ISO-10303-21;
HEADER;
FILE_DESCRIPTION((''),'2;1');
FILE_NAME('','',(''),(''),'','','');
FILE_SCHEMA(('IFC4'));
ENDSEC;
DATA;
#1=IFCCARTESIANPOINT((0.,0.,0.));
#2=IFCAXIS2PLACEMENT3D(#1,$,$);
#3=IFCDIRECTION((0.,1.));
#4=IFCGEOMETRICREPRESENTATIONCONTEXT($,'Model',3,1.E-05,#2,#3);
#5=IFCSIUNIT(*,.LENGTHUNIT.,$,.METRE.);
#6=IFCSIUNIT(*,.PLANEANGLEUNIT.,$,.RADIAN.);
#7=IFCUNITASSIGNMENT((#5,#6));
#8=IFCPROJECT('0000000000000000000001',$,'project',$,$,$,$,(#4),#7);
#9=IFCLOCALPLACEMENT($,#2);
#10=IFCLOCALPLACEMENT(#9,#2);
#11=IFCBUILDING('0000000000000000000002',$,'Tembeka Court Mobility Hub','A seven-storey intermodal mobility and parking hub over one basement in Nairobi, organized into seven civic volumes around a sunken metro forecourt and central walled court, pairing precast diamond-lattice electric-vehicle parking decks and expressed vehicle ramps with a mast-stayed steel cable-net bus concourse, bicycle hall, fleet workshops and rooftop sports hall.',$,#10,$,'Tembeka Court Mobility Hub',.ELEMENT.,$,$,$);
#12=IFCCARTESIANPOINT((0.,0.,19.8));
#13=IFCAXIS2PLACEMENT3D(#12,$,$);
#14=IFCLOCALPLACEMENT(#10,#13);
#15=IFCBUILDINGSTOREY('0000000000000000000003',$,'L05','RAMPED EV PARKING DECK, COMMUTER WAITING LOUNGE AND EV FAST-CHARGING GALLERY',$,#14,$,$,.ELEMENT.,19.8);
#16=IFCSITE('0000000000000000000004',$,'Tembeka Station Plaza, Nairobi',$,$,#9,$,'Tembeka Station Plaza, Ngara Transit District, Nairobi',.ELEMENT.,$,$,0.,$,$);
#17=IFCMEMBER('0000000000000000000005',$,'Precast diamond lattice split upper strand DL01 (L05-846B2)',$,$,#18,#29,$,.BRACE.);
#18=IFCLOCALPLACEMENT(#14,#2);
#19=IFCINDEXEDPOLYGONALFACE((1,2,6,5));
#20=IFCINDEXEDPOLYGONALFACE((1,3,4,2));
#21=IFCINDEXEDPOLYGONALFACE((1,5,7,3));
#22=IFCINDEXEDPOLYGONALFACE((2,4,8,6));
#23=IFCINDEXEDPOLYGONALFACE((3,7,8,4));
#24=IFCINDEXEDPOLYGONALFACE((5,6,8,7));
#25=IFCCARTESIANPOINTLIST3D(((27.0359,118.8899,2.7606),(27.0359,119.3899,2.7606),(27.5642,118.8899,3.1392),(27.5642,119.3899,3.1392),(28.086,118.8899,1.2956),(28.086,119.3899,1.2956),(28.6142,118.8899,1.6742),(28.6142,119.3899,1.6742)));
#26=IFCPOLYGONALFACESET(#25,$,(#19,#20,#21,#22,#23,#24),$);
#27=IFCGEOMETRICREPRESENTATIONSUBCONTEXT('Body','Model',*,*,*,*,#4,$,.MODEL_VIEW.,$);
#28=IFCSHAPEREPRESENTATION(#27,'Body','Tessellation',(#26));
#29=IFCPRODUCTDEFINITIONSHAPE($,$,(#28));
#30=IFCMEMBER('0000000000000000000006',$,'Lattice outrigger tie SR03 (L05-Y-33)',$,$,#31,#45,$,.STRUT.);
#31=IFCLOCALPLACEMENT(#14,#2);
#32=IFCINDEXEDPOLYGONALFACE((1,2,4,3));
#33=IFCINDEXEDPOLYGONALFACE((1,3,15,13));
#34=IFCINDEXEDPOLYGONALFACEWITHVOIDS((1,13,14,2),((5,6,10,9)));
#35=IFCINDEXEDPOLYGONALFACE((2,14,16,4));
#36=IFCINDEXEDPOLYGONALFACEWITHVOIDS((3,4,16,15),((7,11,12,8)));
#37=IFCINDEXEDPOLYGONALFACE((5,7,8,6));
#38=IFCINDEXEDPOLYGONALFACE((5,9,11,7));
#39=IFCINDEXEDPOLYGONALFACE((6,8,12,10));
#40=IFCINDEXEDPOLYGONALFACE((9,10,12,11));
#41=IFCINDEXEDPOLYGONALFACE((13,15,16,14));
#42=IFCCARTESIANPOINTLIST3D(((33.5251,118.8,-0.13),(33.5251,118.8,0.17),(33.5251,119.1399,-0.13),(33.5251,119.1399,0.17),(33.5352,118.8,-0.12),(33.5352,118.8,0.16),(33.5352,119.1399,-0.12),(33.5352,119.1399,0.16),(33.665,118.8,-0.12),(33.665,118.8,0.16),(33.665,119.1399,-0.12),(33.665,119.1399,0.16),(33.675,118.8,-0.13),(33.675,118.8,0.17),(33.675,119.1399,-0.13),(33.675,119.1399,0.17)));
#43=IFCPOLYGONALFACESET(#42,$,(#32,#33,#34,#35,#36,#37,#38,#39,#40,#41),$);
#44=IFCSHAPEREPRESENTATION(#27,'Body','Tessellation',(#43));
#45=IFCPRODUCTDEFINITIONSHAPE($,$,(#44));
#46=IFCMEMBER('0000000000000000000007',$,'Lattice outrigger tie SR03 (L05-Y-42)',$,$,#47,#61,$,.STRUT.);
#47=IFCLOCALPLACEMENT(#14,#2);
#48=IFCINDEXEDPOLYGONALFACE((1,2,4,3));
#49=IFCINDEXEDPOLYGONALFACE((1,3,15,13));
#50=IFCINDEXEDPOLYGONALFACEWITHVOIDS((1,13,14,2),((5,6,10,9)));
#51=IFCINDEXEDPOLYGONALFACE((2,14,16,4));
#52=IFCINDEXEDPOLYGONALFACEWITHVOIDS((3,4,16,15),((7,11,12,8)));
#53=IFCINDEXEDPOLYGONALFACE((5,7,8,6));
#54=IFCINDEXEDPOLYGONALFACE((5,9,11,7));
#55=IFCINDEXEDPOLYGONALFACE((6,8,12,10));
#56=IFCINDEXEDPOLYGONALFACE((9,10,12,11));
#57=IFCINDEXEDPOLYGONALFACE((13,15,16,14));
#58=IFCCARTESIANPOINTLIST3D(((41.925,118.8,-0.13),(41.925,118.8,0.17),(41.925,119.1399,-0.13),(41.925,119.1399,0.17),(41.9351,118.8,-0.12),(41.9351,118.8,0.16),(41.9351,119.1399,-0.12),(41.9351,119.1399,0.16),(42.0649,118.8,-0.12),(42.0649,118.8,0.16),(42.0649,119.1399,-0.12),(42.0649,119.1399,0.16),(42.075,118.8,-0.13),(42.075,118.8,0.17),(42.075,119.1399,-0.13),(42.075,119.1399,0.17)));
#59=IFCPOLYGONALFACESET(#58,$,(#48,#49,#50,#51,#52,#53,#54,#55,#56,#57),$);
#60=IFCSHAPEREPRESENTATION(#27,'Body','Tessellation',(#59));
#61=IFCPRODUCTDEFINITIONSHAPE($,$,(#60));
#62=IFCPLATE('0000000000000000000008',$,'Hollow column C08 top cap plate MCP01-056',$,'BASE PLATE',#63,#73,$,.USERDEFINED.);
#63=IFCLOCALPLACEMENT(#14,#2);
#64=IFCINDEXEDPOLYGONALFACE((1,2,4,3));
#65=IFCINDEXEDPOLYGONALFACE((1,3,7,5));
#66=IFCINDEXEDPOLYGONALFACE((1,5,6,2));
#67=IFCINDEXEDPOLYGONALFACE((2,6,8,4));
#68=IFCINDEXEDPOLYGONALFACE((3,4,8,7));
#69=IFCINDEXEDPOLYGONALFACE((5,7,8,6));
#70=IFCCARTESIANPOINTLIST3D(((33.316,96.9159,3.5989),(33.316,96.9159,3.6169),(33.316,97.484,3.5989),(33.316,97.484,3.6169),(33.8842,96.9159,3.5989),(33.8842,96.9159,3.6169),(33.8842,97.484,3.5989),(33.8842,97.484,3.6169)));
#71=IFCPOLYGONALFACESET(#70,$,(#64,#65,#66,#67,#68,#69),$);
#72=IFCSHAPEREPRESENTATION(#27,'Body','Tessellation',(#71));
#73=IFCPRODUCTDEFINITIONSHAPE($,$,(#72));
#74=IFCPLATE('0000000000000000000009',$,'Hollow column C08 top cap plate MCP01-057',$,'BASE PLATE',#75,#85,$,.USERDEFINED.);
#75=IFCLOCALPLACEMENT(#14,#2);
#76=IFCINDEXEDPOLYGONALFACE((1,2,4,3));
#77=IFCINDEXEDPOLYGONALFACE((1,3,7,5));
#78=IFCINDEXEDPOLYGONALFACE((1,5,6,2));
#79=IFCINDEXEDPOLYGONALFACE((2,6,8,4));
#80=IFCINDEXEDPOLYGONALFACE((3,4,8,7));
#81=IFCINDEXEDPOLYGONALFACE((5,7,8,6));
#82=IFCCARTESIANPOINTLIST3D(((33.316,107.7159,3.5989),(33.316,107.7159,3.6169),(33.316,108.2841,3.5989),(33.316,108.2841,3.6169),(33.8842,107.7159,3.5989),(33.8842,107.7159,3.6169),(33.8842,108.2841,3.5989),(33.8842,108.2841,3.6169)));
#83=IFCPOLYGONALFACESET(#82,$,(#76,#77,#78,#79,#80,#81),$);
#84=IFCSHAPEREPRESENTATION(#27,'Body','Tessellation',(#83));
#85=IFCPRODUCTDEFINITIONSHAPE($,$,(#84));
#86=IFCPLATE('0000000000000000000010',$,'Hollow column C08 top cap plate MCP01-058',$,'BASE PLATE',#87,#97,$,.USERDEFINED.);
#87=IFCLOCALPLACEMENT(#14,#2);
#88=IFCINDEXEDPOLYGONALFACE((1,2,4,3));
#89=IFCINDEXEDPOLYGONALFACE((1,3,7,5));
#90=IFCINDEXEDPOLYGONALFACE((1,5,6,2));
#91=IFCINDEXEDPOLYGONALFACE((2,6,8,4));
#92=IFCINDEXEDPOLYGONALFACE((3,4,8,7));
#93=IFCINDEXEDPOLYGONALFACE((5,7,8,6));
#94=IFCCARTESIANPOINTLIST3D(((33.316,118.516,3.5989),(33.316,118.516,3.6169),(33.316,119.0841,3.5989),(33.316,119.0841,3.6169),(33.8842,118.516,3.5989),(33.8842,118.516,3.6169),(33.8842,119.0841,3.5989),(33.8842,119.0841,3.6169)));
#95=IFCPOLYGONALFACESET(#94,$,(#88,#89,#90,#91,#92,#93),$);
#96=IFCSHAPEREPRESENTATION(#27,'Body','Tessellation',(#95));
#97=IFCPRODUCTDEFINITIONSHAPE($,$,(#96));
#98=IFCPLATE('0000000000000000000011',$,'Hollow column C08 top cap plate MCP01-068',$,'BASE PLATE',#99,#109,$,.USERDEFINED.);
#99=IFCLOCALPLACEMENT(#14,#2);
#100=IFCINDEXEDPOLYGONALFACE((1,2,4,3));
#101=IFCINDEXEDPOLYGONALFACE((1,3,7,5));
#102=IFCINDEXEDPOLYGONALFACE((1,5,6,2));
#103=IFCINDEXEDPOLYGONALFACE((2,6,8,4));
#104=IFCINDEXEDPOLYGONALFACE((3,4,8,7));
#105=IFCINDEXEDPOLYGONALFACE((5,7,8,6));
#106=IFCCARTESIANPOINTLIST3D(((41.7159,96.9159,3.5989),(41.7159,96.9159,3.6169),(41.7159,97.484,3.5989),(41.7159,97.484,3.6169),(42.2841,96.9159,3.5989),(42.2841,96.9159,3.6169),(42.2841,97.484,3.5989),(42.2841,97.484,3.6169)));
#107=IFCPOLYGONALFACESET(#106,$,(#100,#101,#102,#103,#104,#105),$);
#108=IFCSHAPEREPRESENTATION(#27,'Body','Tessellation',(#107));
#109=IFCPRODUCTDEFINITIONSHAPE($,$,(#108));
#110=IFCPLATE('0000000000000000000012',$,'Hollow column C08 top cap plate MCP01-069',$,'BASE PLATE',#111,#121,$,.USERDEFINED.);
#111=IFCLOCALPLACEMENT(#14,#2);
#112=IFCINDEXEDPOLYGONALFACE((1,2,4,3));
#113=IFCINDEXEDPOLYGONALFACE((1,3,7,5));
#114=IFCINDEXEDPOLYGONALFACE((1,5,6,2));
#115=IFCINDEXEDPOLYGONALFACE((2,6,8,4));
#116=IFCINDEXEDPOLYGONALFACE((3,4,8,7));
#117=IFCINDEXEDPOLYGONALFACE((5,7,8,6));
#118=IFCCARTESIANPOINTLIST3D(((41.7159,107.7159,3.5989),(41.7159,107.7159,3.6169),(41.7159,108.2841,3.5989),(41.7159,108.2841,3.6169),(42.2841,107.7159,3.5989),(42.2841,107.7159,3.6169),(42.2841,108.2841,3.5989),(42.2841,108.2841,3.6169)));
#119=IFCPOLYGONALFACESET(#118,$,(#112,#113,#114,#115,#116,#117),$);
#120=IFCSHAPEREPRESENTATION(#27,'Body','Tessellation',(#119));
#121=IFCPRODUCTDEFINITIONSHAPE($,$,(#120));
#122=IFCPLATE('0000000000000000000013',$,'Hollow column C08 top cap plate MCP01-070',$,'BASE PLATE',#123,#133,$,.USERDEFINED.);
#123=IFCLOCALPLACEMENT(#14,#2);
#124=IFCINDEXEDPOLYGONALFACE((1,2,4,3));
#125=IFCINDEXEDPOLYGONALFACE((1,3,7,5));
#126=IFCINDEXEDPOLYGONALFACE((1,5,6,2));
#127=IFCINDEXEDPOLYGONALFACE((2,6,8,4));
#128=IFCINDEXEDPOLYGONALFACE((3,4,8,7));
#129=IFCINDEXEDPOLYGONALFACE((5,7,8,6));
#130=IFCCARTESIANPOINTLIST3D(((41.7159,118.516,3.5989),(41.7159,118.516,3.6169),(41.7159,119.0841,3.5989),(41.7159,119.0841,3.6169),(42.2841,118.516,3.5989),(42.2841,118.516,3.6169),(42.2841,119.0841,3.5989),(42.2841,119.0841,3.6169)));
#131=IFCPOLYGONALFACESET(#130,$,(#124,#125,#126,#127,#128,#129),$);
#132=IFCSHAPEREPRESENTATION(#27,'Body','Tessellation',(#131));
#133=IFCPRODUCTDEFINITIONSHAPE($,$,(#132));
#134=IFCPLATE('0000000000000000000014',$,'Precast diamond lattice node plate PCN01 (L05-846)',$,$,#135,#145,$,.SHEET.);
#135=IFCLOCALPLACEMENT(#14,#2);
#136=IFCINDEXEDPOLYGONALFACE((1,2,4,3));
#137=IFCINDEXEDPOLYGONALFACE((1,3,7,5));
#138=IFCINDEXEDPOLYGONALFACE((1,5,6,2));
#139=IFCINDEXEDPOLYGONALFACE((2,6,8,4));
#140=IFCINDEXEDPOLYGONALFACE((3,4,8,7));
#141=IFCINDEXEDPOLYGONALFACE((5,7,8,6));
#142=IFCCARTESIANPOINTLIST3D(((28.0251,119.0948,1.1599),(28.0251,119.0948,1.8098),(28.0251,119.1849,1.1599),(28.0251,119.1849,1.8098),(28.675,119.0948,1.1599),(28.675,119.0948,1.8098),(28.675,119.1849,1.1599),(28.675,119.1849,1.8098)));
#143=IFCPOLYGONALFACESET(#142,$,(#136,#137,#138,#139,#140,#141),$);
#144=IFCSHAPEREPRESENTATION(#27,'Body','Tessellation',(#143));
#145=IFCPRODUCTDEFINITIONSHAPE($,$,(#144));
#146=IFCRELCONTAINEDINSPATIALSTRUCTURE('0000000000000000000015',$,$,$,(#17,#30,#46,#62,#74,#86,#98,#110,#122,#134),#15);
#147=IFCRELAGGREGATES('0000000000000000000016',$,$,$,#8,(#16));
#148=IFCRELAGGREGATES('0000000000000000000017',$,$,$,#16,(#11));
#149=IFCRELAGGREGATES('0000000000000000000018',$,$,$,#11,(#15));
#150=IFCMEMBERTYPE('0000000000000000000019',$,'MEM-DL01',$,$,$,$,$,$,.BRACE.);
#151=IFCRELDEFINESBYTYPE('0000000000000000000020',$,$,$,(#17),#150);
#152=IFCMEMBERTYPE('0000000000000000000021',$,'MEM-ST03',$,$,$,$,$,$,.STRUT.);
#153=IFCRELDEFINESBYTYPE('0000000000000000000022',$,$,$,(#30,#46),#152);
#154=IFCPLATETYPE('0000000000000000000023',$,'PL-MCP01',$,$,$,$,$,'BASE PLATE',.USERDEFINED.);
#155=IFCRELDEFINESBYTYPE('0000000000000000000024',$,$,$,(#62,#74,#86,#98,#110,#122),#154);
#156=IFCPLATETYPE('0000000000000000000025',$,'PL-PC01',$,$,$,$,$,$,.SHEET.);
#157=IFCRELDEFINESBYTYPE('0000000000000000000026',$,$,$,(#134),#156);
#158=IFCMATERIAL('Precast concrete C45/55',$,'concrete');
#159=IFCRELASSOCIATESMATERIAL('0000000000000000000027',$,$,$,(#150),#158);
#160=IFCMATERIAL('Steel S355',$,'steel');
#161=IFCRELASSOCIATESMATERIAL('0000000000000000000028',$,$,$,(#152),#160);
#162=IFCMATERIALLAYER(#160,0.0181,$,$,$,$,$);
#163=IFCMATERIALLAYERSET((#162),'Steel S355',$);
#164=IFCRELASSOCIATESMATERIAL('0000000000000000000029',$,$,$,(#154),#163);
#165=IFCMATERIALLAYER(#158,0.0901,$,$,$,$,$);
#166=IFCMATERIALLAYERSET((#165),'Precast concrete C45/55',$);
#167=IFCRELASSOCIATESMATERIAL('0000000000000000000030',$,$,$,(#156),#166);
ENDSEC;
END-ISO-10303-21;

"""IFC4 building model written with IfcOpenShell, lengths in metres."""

from ifc_helpers import new_model, si_unit, direction, frame, origin, origin_2d, place, context, subcontext, project, spatial, rectangle, hollow_rectangle, extrude, material, layer, layer_set, material_profile, profile_set, type_object, element, save


model = new_model("IFC4")

# Units and contexts
model_context = context("Model", 3, precision=1e-05, world=origin(), true_north=direction((0.0, 1.0)))
body_context = subcontext(model_context, "Body", "Model", "MODEL_VIEW")
ifc_project = project(units=[si_unit("LENGTHUNIT", "METRE"), si_unit("PLANEANGLEUNIT", "RADIAN")], contexts=[model_context])

# Site, building, storey
site_placement = place(None, origin())
site = spatial("IfcSite", under=ifc_project, at=site_placement, Name="Tembeka Station Plaza, Nairobi", LongName="Tembeka Station Plaza, Ngara Transit District, Nairobi", CompositionType="ELEMENT", RefElevation=0.0)
building_placement = place(site_placement, origin())
building = spatial("IfcBuilding", under=site, at=building_placement, Name="Tembeka Court Mobility Hub", Description="A seven-storey intermodal mobility and parking hub over one basement in Nairobi, organized into seven civic volumes around a sunken metro forecourt and central walled court, pairing precast diamond-lattice electric-vehicle parking decks and expressed vehicle ramps with a mast-stayed steel cable-net bus concourse, bicycle hall, fleet workshops and rooftop sports hall.", LongName="Tembeka Court Mobility Hub", CompositionType="ELEMENT")
storey_placement = place(building_placement, frame((0.0, 0.0, 19.8)))
storey = spatial("IfcBuildingStorey", under=building, at=storey_placement, Name="L05", Description="RAMPED EV PARKING DECK, COMMUTER WAITING LOUNGE AND EV FAST-CHARGING GALLERY", CompositionType="ELEMENT", Elevation=19.8)

# Shared definitions
ifc_material_1 = material(Name="Steel S355", Category="steel")

# Shared definitions
ifc_material_2 = material(Name="Precast concrete C45/55", Category="concrete")

# Members
ifc_material_profile_1 = material_profile(ifc_material_2, rectangle(XDim=0.5, YDim=0.6499, at=origin_2d()), Name="PC-DIAG 500x650")
ifc_profile_set_1 = profile_set([ifc_material_profile_1], Name="Precast concrete C45/55")
member_type_1 = type_object("IfcMemberType", Name="MEM-DL01", PredefinedType="BRACE", material=ifc_profile_set_1)
member_1_placement = place(storey_placement, frame((28.3501, 119.1399, 1.4849), z_axis=(-0.582544, 0.0, 0.812799), x_axis=(0.0, -1.0, 0.0)))
element("IfcMember", 1, at=member_1_placement, inside=storey, type_object=member_type_1, Name="Precast diamond lattice split upper strand DL01 (L05-846B2)", PredefinedType="BRACE", context=body_context, shape_type="SweptSolid", body=[
    extrude(rectangle(XDim=0.5, YDim=0.6499, at=origin_2d()), origin(), (0.0, 0.0, 1.0), 1.8025),
])
ifc_material_profile_2 = material_profile(ifc_material_1, hollow_rectangle(XDim=0.1499, YDim=0.3, WallThickness=0.01, at=origin_2d()), Name="RHS 300x150x10")
ifc_profile_set_2 = profile_set([ifc_material_profile_2], Name="Steel S355")
member_type_2 = type_object("IfcMemberType", Name="MEM-ST03", PredefinedType="STRUT", material=ifc_profile_set_2)
for number, where, z_axis, x_axis, name in (
    (2, (33.6001, 118.8, 0.02), (0.0, 1.0, 0.0), (-1.0, 0.0, 0.0), "Lattice outrigger tie SR03 (L05-Y-33)"),
    (3, (42.0, 118.8, 0.02), (0.0, 1.0, 0.0), (-1.0, 0.0, 0.0), "Lattice outrigger tie SR03 (L05-Y-42)"),
):
    element("IfcMember", number, at=place(storey_placement, frame(where, z_axis=z_axis, x_axis=x_axis)), inside=storey, type_object=member_type_2, Name=name, PredefinedType="STRUT", context=body_context, shape_type="SweptSolid", body=[
        extrude(hollow_rectangle(XDim=0.1499, YDim=0.3, WallThickness=0.01, at=origin_2d()), origin(), (0.0, 0.0, 1.0), 0.3398),
    ])

# Plates
ifc_layer_1 = layer(ifc_material_1, 0.0181)
ifc_layer_set_1 = layer_set([ifc_layer_1], Name="Steel S355")
plate_type_1 = type_object("IfcPlateType", Name="PL-MCP01", ElementType="BASE PLATE", PredefinedType="USERDEFINED", material=ifc_layer_set_1)
for number, where, z_axis, x_axis, name in (
    (4, (33.6001, 97.2, 3.5989), (0.0, 0.0, 1.0), (1.0, 0.0, 0.0), "Hollow column C08 top cap plate MCP01-056"),
    (5, (33.6001, 108.0, 3.5989), (0.0, 0.0, 1.0), (1.0, 0.0, 0.0), "Hollow column C08 top cap plate MCP01-057"),
    (6, (33.6001, 118.8, 3.5989), (0.0, 0.0, 1.0), (1.0, 0.0, 0.0), "Hollow column C08 top cap plate MCP01-058"),
    (7, (42.0, 97.2, 3.5989), (0.0, 0.0, 1.0), (1.0, 0.0, 0.0), "Hollow column C08 top cap plate MCP01-068"),
    (8, (42.0, 108.0, 3.5989), (0.0, 0.0, 1.0), (1.0, 0.0, 0.0), "Hollow column C08 top cap plate MCP01-069"),
    (9, (42.0, 118.8, 3.5989), (0.0, 0.0, 1.0), (1.0, 0.0, 0.0), "Hollow column C08 top cap plate MCP01-070"),
):
    element("IfcPlate", number, at=place(storey_placement, frame(where, z_axis=z_axis, x_axis=x_axis)), inside=storey, type_object=plate_type_1, Name=name, ObjectType="BASE PLATE", PredefinedType="USERDEFINED", context=body_context, shape_type="SweptSolid", body=[
        extrude(rectangle(XDim=0.5681, YDim=0.5681, at=origin_2d()), origin(), (0.0, 0.0, 1.0), 0.0181),
    ])
ifc_layer_2 = layer(ifc_material_2, 0.0901)
ifc_layer_set_2 = layer_set([ifc_layer_2], Name="Precast concrete C45/55")
plate_type_2 = type_object("IfcPlateType", Name="PL-PC01", PredefinedType="SHEET", material=ifc_layer_set_2)
plate_placement = place(storey_placement, frame((28.3501, 119.1399, 1.1599), z_axis=(0.0, 0.0, 1.0), x_axis=(1.0, 0.0, 0.0)))
element("IfcPlate", 10, at=plate_placement, inside=storey, type_object=plate_type_2, Name="Precast diamond lattice node plate PCN01 (L05-846)", PredefinedType="SHEET", context=body_context, shape_type="SweptSolid", body=[
    extrude(rectangle(XDim=0.6499, YDim=0.0901, at=origin_2d()), origin(), (0.0, 0.0, 1.0), 0.6499),
])

save(model, "model.ifc")
